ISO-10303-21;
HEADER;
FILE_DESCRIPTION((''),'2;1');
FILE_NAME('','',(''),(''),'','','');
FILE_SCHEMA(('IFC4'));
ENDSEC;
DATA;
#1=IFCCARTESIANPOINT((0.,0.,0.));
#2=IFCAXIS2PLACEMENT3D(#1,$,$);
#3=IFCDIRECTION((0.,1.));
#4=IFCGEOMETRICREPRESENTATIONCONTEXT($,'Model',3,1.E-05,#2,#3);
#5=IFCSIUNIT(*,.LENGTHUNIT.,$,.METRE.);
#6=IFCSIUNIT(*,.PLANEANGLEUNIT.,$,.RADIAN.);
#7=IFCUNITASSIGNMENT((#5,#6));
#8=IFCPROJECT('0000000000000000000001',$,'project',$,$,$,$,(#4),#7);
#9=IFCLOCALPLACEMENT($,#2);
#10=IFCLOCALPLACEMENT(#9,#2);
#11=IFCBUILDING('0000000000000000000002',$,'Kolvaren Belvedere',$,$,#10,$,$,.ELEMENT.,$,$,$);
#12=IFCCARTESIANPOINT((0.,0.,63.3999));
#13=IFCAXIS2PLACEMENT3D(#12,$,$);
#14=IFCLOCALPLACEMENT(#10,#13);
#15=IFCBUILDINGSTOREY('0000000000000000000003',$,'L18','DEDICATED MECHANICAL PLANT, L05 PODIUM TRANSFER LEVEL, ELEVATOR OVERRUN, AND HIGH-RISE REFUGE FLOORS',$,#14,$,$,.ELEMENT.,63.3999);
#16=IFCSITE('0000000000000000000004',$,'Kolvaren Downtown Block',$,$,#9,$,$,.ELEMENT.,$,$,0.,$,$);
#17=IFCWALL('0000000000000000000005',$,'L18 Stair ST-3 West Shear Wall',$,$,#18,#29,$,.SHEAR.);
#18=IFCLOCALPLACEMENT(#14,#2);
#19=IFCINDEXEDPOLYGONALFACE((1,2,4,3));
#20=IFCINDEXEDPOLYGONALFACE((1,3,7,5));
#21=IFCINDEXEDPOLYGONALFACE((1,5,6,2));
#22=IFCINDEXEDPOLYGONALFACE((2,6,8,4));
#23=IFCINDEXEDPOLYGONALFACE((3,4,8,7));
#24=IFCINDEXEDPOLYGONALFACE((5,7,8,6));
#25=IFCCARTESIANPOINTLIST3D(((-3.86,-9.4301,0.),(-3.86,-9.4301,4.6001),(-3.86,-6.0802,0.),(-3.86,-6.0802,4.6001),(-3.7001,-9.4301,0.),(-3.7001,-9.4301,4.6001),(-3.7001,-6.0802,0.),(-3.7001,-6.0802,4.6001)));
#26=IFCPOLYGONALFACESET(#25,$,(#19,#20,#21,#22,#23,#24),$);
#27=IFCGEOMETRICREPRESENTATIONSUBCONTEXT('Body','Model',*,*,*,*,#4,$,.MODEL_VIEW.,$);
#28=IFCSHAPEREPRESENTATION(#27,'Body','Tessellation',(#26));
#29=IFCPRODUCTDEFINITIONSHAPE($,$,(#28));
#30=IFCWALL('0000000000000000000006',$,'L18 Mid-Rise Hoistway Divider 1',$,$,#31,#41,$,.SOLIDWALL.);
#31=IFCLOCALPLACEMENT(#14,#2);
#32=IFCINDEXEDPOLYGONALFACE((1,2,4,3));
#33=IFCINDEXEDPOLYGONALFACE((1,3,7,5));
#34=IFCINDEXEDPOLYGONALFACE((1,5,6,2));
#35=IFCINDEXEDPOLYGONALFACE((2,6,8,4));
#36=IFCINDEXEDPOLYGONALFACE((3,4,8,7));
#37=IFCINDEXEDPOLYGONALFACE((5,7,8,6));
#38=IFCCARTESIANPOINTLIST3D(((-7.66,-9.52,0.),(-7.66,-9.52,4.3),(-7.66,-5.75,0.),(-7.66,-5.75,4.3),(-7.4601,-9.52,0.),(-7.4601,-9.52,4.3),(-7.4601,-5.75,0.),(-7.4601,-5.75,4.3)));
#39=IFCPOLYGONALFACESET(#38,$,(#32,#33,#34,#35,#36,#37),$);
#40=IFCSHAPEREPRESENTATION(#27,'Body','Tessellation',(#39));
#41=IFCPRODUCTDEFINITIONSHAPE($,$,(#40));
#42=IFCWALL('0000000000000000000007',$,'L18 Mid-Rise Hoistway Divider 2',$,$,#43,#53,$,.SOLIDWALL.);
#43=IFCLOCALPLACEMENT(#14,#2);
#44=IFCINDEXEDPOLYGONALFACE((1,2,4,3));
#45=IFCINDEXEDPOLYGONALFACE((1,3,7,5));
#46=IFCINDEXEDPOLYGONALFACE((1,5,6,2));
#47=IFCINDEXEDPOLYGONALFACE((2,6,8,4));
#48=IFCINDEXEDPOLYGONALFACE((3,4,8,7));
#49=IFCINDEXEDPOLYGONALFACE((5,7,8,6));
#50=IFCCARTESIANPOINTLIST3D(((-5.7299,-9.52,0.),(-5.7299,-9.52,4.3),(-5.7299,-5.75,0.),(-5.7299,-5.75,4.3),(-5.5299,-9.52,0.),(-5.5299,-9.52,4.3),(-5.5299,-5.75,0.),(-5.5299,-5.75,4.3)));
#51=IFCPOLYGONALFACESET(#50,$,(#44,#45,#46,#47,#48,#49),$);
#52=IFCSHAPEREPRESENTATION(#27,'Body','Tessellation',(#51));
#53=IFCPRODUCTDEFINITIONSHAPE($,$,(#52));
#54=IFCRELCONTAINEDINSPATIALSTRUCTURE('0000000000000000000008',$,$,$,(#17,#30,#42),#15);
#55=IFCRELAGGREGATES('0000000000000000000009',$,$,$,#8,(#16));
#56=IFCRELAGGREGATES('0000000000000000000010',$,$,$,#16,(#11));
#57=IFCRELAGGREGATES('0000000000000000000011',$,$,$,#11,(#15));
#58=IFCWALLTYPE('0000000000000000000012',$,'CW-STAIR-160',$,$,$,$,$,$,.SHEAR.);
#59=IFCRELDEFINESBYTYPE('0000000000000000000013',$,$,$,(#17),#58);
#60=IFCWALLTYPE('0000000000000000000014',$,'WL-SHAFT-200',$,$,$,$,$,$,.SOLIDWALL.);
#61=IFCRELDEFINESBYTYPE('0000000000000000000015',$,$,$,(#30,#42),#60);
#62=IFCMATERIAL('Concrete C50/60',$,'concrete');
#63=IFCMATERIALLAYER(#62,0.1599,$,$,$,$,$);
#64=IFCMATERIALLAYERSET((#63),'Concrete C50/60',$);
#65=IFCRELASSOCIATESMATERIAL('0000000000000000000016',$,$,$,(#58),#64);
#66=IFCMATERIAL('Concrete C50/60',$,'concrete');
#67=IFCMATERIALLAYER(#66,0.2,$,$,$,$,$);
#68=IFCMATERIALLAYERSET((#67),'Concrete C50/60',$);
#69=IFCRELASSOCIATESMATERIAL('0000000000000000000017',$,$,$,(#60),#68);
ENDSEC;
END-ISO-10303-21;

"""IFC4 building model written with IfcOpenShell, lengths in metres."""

from ifc_helpers import new_model, si_unit, direction, frame, frame_2d, origin, place, context, subcontext, project, spatial, rectangle, extrude, material, layer, layer_set, type_object, element, save


model = new_model("IFC4")

# Units and contexts
model_context = context("Model", 3, precision=1e-05, world=origin(), true_north=direction((0.0, 1.0)))
body_context = subcontext(model_context, "Body", "Model", "MODEL_VIEW")
ifc_project = project(units=[si_unit("LENGTHUNIT", "METRE"), si_unit("PLANEANGLEUNIT", "RADIAN")], contexts=[model_context])

# Site, building, storey
site_placement = place(None, origin())
site = spatial("IfcSite", under=ifc_project, at=site_placement, Name="Kolvaren Downtown Block", CompositionType="ELEMENT", RefElevation=0.0)
building_placement = place(site_placement, origin())
building = spatial("IfcBuilding", under=site, at=building_placement, Name="Kolvaren Belvedere", CompositionType="ELEMENT")
storey_placement = place(building_placement, frame((0.0, 0.0, 63.3999)))
storey = spatial("IfcBuildingStorey", under=building, at=storey_placement, Name="L18", Description="DEDICATED MECHANICAL PLANT, L05 PODIUM TRANSFER LEVEL, ELEVATOR OVERRUN, AND HIGH-RISE REFUGE FLOORS", CompositionType="ELEMENT", Elevation=63.3999)

# Walls
ifc_material_1 = material(Name="Concrete C50/60", Category="concrete")
ifc_layer_1 = layer(ifc_material_1, 0.1599)
ifc_layer_set_1 = layer_set([ifc_layer_1], Name="Concrete C50/60")
wall_type_1 = type_object("IfcWallType", Name="CW-STAIR-160", PredefinedType="SHEAR", material=ifc_layer_set_1)
wall_1_placement = place(storey_placement, frame((-3.78, -9.4299, 0.0), z_axis=(0.0, 0.0, 1.0), x_axis=(0.0, 1.0, 0.0)))
element("IfcWall", 1, at=wall_1_placement, inside=storey, type_object=wall_type_1, Name="L18 Stair ST-3 West Shear Wall", PredefinedType="SHEAR", context=body_context, shape_type="SweptSolid", body=[
    extrude(rectangle(XDim=3.3499, YDim=0.1599, at=frame_2d((1.6748, 0.0))), origin(), (0.0, 0.0, 1.0), 4.6001),
])
ifc_material_2 = material(Name="Concrete C50/60", Category="concrete")
ifc_layer_2 = layer(ifc_material_2, 0.2)
ifc_layer_set_2 = layer_set([ifc_layer_2], Name="Concrete C50/60")
wall_type_2 = type_object("IfcWallType", Name="WL-SHAFT-200", PredefinedType="SOLIDWALL", material=ifc_layer_set_2)
for number, where, z_axis, x_axis, name in (
    (2, (-7.5601, -9.52, 0.0), (0.0, 0.0, 1.0), (0.0, 1.0, 0.0), "L18 Mid-Rise Hoistway Divider 1"),
    (3, (-5.6299, -9.52, 0.0), (0.0, 0.0, 1.0), (0.0, 1.0, 0.0), "L18 Mid-Rise Hoistway Divider 2"),
):
    element("IfcWall", number, at=place(storey_placement, frame(where, z_axis=z_axis, x_axis=x_axis)), inside=storey, type_object=wall_type_2, Name=name, PredefinedType="SOLIDWALL", context=body_context, shape_type="SweptSolid", body=[
        extrude(rectangle(XDim=3.77, YDim=0.2, at=frame_2d((1.885, 0.0))), origin(), (0.0, 0.0, 1.0), 4.3),
    ])

save(model, "model.ifc")
